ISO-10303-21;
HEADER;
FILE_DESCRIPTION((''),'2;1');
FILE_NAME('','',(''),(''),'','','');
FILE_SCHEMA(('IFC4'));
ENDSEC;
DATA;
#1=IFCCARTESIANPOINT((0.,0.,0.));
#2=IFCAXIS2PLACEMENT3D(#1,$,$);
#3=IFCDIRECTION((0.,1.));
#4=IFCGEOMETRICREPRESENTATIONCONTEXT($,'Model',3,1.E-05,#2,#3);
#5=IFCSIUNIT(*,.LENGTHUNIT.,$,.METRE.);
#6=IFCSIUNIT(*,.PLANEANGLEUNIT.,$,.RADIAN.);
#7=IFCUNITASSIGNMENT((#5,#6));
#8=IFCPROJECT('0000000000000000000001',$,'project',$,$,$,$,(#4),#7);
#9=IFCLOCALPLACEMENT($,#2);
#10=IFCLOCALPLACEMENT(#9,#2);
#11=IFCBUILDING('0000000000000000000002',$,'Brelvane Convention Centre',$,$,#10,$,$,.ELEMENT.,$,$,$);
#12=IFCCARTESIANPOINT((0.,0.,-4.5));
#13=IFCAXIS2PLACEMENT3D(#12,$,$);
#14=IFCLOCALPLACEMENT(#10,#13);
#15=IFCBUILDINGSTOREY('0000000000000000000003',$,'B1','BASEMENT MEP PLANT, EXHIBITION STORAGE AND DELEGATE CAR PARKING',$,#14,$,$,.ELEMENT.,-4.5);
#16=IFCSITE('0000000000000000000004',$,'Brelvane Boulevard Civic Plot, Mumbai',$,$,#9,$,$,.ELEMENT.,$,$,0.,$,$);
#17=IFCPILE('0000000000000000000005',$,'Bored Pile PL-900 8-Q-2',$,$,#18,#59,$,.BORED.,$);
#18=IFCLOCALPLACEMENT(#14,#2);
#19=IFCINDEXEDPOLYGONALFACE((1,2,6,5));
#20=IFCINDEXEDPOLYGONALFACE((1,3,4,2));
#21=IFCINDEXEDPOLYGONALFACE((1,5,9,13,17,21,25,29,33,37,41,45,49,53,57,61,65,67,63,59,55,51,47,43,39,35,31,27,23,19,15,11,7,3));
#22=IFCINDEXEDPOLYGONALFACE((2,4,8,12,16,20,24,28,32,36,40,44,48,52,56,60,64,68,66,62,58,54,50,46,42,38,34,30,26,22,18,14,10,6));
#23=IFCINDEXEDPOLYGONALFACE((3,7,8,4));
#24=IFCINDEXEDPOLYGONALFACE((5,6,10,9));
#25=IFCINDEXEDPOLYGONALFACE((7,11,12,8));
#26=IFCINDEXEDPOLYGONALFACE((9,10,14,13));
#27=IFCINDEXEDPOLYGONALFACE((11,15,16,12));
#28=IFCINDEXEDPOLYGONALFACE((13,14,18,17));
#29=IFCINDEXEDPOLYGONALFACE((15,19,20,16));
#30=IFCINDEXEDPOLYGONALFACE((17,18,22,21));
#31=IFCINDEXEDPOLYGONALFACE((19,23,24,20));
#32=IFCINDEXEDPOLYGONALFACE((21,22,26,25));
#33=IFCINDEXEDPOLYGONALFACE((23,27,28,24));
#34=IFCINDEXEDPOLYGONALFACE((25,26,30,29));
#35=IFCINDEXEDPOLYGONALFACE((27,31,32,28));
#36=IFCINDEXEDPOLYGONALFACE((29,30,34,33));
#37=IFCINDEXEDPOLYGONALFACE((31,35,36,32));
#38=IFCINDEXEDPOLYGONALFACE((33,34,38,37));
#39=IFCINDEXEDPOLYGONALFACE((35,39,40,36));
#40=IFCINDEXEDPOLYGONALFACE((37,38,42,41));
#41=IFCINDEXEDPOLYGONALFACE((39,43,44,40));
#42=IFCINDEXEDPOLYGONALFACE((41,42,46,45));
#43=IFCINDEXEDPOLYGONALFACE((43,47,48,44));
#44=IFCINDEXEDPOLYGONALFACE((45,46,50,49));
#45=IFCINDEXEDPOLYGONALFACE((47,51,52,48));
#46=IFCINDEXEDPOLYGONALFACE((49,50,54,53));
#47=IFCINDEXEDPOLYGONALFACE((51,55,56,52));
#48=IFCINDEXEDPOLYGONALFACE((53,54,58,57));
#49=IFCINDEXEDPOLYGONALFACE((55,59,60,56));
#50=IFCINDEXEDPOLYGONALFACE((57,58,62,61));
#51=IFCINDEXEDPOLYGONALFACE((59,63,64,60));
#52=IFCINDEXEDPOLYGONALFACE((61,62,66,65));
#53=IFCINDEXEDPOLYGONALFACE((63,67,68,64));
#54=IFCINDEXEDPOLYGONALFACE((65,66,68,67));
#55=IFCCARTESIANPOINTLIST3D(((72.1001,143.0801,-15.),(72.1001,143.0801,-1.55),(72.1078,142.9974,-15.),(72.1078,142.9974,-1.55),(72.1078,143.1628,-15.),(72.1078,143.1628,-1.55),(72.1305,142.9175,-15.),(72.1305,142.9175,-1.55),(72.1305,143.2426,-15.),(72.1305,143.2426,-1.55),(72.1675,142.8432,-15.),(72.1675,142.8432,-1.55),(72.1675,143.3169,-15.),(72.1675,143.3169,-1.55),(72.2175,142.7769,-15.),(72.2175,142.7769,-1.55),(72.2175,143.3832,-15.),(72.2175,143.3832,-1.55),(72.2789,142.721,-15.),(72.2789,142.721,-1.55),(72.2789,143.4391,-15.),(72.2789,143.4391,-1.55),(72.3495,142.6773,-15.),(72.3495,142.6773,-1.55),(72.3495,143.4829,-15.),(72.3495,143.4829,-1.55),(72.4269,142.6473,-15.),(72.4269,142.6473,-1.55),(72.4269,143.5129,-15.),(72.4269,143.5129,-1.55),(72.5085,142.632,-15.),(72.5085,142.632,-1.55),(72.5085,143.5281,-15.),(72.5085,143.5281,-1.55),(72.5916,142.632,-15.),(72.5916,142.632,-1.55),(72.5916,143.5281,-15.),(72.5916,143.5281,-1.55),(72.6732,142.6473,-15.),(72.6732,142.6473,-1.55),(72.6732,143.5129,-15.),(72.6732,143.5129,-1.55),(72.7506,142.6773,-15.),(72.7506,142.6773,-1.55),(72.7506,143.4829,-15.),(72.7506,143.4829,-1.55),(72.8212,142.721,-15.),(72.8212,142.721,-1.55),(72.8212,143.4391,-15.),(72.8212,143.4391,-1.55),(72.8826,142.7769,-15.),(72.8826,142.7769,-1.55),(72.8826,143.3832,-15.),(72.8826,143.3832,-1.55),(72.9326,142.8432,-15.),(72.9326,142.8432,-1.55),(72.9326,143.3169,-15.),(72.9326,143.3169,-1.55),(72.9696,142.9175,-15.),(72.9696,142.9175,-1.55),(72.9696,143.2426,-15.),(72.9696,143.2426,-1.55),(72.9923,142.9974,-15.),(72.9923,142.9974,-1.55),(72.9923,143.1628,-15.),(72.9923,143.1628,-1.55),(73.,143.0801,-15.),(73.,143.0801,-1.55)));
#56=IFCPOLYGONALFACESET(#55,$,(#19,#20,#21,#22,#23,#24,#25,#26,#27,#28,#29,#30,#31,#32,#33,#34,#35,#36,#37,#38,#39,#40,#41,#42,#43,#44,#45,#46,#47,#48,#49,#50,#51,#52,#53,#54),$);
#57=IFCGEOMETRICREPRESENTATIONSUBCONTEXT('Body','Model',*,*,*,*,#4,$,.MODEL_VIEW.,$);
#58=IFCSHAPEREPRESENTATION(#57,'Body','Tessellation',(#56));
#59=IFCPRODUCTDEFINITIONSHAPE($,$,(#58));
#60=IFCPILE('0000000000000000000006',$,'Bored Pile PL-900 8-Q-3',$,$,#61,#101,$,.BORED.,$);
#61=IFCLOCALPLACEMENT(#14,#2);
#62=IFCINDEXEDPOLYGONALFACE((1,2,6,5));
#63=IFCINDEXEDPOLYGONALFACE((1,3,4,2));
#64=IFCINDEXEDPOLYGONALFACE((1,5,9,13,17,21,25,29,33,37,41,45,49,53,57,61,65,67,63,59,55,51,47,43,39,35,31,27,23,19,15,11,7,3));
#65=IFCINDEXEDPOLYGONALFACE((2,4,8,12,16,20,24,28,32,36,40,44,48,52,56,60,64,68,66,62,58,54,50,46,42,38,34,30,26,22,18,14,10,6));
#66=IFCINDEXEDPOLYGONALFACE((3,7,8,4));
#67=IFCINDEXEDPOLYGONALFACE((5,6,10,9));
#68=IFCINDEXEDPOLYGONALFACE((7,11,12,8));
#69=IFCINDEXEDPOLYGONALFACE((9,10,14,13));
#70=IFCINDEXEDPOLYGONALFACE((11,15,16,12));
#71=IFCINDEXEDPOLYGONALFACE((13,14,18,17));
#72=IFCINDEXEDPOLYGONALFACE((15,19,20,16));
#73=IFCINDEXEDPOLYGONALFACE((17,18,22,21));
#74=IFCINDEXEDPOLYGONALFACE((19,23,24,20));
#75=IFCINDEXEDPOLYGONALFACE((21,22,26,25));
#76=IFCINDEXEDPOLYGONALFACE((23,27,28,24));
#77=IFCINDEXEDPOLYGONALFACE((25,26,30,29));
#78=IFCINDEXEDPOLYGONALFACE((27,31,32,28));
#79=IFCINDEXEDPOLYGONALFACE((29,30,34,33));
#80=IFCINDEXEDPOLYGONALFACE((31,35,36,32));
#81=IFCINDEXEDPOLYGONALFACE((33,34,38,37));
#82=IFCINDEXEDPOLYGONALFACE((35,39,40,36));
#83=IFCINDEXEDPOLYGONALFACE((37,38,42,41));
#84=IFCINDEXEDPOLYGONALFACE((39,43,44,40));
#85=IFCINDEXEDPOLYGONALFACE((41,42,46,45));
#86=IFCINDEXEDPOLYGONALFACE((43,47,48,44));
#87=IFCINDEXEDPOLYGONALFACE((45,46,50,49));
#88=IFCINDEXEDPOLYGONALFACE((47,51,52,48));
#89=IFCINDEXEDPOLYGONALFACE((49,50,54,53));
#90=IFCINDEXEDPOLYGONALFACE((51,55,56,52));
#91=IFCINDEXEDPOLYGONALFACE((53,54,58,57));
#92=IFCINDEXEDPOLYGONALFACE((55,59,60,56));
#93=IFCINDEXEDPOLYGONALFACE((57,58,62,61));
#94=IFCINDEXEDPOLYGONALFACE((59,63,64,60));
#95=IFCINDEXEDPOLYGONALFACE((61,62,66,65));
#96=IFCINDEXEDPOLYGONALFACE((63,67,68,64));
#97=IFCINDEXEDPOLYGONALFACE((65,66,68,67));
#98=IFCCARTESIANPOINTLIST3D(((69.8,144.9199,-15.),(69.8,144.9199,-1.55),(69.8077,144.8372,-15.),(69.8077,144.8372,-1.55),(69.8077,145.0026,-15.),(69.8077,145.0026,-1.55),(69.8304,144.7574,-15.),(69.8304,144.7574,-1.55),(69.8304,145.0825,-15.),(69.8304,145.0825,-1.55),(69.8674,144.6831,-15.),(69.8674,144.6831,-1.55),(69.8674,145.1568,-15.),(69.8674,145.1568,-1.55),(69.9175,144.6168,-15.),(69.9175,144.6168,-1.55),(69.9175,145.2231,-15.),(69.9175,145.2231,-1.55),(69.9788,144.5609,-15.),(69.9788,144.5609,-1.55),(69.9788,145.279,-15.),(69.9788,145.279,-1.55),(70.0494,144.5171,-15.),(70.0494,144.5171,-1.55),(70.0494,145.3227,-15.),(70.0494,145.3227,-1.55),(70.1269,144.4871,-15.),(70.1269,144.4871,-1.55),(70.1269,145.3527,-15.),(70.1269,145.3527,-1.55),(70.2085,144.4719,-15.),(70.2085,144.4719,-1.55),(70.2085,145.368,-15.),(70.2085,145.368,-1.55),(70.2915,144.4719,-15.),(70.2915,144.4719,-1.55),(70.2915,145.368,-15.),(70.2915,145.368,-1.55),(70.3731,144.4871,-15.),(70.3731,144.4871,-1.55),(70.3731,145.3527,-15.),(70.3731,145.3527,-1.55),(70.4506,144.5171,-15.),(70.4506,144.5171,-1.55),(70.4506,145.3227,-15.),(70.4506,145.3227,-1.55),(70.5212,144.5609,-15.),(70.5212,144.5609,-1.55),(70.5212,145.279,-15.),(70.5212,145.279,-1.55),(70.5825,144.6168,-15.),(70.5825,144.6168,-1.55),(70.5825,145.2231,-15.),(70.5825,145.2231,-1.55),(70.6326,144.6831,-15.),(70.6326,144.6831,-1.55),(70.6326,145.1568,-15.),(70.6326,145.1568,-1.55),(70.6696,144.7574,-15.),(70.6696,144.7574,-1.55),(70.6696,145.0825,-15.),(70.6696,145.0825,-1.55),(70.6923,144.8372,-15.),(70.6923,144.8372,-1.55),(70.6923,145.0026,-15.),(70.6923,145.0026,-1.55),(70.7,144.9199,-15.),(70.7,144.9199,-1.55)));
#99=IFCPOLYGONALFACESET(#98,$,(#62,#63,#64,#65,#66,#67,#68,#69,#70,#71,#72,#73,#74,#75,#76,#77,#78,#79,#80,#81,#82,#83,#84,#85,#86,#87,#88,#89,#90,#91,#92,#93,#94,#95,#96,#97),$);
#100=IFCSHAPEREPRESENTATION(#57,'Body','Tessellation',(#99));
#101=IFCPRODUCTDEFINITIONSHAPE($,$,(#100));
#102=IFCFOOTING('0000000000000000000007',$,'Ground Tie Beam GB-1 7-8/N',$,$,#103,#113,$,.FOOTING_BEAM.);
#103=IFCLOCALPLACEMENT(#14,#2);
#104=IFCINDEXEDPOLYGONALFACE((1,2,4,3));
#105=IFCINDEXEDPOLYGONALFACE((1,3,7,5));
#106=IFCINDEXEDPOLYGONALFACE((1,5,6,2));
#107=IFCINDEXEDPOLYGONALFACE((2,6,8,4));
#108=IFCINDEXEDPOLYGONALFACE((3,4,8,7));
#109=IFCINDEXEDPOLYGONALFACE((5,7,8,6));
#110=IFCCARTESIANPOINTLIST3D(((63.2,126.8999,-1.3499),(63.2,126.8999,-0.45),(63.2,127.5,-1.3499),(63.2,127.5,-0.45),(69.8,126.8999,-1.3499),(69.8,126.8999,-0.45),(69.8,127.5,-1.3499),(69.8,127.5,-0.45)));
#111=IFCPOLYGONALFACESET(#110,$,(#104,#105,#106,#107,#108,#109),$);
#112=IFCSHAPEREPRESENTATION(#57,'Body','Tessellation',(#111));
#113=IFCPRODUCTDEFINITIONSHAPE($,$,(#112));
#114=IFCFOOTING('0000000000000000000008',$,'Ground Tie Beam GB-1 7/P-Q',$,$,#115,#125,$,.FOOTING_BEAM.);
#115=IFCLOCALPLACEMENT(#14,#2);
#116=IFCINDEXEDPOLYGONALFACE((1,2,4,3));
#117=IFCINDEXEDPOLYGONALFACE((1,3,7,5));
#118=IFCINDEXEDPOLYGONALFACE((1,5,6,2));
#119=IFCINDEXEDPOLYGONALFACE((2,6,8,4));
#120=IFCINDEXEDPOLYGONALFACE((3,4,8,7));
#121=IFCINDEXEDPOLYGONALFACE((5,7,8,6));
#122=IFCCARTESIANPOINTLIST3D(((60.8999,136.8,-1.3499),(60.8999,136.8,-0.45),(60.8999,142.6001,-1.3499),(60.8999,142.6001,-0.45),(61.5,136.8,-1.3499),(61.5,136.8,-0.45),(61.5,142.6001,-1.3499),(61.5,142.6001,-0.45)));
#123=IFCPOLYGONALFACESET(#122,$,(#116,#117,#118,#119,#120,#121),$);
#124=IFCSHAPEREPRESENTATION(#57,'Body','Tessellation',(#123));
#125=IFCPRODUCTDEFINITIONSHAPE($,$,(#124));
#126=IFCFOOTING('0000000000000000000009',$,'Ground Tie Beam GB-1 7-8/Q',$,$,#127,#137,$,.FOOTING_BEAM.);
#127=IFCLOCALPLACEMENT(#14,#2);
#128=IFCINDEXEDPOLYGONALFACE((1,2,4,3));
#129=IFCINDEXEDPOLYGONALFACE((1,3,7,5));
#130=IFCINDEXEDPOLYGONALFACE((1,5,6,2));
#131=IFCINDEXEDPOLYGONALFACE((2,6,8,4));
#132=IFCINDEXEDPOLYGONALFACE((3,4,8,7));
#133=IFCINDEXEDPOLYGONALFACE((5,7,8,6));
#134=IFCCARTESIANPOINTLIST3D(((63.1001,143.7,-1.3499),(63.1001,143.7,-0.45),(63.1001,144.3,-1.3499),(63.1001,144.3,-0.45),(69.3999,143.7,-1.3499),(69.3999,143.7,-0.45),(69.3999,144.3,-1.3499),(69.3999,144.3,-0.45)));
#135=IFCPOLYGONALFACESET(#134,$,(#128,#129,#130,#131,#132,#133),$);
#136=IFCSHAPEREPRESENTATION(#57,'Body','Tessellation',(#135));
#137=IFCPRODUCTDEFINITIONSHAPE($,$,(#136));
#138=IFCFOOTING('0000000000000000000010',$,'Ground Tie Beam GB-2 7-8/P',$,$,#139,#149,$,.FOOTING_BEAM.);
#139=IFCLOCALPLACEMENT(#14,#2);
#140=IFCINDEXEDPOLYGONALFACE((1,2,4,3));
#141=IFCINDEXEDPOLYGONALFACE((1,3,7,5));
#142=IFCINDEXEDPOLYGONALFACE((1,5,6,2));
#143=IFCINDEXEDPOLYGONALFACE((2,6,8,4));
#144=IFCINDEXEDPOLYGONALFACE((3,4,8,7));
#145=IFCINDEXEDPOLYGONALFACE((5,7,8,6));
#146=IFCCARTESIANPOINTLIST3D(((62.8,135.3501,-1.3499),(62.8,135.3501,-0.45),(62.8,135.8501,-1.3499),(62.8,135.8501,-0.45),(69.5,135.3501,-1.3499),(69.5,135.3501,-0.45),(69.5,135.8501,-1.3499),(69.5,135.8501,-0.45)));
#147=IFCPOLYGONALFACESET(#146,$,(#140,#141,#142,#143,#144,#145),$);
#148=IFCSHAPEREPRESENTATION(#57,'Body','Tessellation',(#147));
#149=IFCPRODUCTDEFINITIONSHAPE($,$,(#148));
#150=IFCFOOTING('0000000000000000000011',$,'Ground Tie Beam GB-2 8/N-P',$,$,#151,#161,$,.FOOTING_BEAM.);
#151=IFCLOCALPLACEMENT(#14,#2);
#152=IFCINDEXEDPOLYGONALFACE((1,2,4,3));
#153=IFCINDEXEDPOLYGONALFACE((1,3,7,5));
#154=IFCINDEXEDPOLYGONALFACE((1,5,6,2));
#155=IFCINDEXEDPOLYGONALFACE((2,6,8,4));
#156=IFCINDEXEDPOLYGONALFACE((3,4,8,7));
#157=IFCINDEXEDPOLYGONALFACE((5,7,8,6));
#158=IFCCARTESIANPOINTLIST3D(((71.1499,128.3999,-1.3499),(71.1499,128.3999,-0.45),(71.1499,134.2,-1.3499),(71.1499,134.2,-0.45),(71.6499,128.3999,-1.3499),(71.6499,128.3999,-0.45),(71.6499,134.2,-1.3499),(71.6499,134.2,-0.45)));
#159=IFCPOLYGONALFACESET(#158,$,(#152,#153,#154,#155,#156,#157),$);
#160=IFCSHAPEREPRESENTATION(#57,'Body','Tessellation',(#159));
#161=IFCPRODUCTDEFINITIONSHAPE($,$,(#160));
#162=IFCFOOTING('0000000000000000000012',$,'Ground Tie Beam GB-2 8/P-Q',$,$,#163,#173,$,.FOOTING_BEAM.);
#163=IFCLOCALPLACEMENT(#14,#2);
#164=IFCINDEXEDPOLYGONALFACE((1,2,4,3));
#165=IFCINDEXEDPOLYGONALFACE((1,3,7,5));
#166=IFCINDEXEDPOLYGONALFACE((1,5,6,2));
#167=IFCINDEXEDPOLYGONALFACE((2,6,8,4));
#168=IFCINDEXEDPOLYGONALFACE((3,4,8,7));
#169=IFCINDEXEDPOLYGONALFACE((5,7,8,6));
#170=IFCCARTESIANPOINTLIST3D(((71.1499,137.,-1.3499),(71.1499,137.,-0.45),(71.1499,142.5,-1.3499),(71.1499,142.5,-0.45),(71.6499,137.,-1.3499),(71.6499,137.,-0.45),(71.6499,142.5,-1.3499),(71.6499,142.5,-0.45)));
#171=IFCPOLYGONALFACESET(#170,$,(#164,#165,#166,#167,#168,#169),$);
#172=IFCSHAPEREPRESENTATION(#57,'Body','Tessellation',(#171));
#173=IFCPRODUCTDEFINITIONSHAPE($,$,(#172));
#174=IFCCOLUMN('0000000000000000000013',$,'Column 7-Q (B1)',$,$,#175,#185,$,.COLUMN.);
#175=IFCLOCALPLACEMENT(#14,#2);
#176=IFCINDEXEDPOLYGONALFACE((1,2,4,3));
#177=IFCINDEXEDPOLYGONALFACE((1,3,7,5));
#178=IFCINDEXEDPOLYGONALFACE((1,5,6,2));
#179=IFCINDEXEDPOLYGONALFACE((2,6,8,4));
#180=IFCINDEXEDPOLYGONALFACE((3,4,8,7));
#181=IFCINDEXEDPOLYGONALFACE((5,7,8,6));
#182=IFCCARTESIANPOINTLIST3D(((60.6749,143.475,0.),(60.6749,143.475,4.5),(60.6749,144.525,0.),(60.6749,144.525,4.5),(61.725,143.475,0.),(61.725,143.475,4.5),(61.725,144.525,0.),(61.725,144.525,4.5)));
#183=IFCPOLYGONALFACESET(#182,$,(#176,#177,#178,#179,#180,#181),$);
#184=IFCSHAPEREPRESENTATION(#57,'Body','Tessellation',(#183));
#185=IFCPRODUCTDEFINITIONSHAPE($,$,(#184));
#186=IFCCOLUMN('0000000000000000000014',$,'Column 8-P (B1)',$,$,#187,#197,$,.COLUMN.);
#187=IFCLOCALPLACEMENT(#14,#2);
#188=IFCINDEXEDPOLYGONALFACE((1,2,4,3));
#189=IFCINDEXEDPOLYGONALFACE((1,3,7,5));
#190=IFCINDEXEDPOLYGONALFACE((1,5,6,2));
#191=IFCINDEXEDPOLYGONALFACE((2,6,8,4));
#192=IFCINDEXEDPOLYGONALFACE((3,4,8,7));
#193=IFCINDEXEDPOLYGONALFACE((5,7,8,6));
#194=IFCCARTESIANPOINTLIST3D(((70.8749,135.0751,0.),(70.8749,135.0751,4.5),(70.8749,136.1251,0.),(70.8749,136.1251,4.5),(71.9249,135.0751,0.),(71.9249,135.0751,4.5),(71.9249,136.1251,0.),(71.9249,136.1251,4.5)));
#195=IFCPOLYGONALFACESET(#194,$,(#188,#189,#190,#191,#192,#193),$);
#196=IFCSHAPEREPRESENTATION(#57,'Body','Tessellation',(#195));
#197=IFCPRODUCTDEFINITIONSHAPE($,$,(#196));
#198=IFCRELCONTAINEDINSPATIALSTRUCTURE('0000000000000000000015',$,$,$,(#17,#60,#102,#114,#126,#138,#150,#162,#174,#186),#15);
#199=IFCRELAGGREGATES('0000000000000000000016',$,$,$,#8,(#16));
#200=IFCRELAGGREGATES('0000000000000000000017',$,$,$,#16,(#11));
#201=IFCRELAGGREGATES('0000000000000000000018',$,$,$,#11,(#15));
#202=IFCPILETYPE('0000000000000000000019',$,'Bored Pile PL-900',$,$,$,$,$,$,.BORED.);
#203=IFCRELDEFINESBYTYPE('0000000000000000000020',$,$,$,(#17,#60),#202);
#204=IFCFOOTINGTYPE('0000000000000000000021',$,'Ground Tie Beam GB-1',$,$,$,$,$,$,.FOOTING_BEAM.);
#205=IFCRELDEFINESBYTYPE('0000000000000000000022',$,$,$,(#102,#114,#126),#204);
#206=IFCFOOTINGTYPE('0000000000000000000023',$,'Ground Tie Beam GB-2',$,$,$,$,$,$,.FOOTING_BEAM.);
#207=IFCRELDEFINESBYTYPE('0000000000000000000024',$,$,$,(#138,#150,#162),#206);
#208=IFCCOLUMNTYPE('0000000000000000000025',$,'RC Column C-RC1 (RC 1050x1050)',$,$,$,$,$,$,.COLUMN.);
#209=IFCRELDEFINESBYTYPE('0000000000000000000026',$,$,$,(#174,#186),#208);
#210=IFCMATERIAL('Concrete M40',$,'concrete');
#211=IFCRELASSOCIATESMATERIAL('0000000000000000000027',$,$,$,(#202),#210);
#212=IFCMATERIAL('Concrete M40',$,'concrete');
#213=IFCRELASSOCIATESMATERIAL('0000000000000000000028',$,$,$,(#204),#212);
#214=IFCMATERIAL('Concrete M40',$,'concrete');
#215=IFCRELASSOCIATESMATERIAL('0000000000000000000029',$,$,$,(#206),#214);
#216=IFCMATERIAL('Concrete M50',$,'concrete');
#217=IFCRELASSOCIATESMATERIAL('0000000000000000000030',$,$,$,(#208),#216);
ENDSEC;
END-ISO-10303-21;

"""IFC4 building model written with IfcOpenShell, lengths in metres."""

from ifc_helpers import new_model, si_unit, direction, frame, origin, origin_2d, place, context, subcontext, project, spatial, rectangle, circle, extrude, material, material_profile, profile_set, type_object, element, save


model = new_model("IFC4")

# Units and contexts
model_context = context("Model", 3, precision=1e-05, world=origin(), true_north=direction((0.0, 1.0)))
body_context = subcontext(model_context, "Body", "Model", "MODEL_VIEW")
ifc_project = project(units=[si_unit("LENGTHUNIT", "METRE"), si_unit("PLANEANGLEUNIT", "RADIAN")], contexts=[model_context])

# Site, building, storey
site_placement = place(None, origin())
site = spatial("IfcSite", under=ifc_project, at=site_placement, Name="Brelvane Boulevard Civic Plot, Mumbai", CompositionType="ELEMENT", RefElevation=0.0)
building_placement = place(site_placement, origin())
building = spatial("IfcBuilding", under=site, at=building_placement, Name="Brelvane Convention Centre", CompositionType="ELEMENT")
storey_placement = place(building_placement, frame((0.0, 0.0, -4.5)))
storey = spatial("IfcBuildingStorey", under=building, at=storey_placement, Name="B1", Description="BASEMENT MEP PLANT, EXHIBITION STORAGE AND DELEGATE CAR PARKING", CompositionType="ELEMENT", Elevation=-4.5)

# Piles
ifc_material_1 = material(Name="Concrete M40", Category="concrete")
ifc_material_profile_1 = material_profile(ifc_material_1, circle(Radius=0.45, at=origin_2d()), Name="PILE D900")
ifc_profile_set_1 = profile_set([ifc_material_profile_1], Name="Concrete M40")
pile_type = type_object("IfcPileType", Name="Bored Pile PL-900", PredefinedType="BORED", material=ifc_profile_set_1)
for number, where, z_axis, x_axis, name in (
    (1, (72.55, 143.0801, -1.55), (0.0, 0.0, -1.0), (1.0, 0.0, 0.0), "Bored Pile PL-900 8-Q-2"),
    (2, (70.25, 144.9199, -1.55), (0.0, 0.0, -1.0), (1.0, 0.0, 0.0), "Bored Pile PL-900 8-Q-3"),
):
    element("IfcPile", number, at=place(storey_placement, frame(where, z_axis=z_axis, x_axis=x_axis)), inside=storey, type_object=pile_type, Name=name, PredefinedType="BORED", context=body_context, shape_type="SweptSolid", body=[
        extrude(circle(Radius=0.45, at=origin_2d()), origin(), (0.0, 0.0, 1.0), 13.45),
    ])

# Footings
ifc_material_2 = material(Name="Concrete M40", Category="concrete")
ifc_material_profile_2 = material_profile(ifc_material_2, rectangle(XDim=0.6001, YDim=0.8999, at=origin_2d()), Name="RC 600x900")
ifc_profile_set_2 = profile_set([ifc_material_profile_2], Name="Concrete M40")
footing_type_1 = type_object("IfcFootingType", Name="Ground Tie Beam GB-1", PredefinedType="FOOTING_BEAM", material=ifc_profile_set_2)
footing_1_placement = place(storey_placement, frame((63.2, 127.2, -0.8999), z_axis=(1.0, 0.0, 0.0), x_axis=(0.0, 1.0, 0.0)))
element("IfcFooting", 3, at=footing_1_placement, inside=storey, type_object=footing_type_1, Name="Ground Tie Beam GB-1 7-8/N", PredefinedType="FOOTING_BEAM", context=body_context, shape_type="SweptSolid", body=[
    extrude(rectangle(XDim=0.6001, YDim=0.8999, at=origin_2d()), origin(), (0.0, 0.0, 1.0), 6.6001),
])
footing_2_placement = place(storey_placement, frame((61.2, 136.8, -0.8999), z_axis=(0.0, 1.0, 0.0), x_axis=(-1.0, 0.0, 0.0)))
element("IfcFooting", 4, at=footing_2_placement, inside=storey, type_object=footing_type_1, Name="Ground Tie Beam GB-1 7/P-Q", PredefinedType="FOOTING_BEAM", context=body_context, shape_type="SweptSolid", body=[
    extrude(rectangle(XDim=0.6001, YDim=0.8999, at=origin_2d()), origin(), (0.0, 0.0, 1.0), 5.8),
])
footing_3_placement = place(storey_placement, frame((63.1001, 144.0, -0.8999), z_axis=(1.0, 0.0, 0.0), x_axis=(0.0, 1.0, 0.0)))
element("IfcFooting", 5, at=footing_3_placement, inside=storey, type_object=footing_type_1, Name="Ground Tie Beam GB-1 7-8/Q", PredefinedType="FOOTING_BEAM", context=body_context, shape_type="SweptSolid", body=[
    extrude(rectangle(XDim=0.6001, YDim=0.8999, at=origin_2d()), origin(), (0.0, 0.0, 1.0), 6.2998),
])
ifc_material_3 = material(Name="Concrete M40", Category="concrete")
ifc_material_profile_3 = material_profile(ifc_material_3, rectangle(XDim=0.5, YDim=0.8999, at=origin_2d()), Name="RC 500x900")
ifc_profile_set_3 = profile_set([ifc_material_profile_3], Name="Concrete M40")
footing_type_2 = type_object("IfcFootingType", Name="Ground Tie Beam GB-2", PredefinedType="FOOTING_BEAM", material=ifc_profile_set_3)
footing_4_placement = place(storey_placement, frame((62.8, 135.6001, -0.8999), z_axis=(1.0, 0.0, 0.0), x_axis=(0.0, 1.0, 0.0)))
element("IfcFooting", 6, at=footing_4_placement, inside=storey, type_object=footing_type_2, Name="Ground Tie Beam GB-2 7-8/P", PredefinedType="FOOTING_BEAM", context=body_context, shape_type="SweptSolid", body=[
    extrude(rectangle(XDim=0.5, YDim=0.8999, at=origin_2d()), origin(), (0.0, 0.0, 1.0), 6.7),
])
footing_5_placement = place(storey_placement, frame((71.3999, 128.3999, -0.8999), z_axis=(0.0, 1.0, 0.0), x_axis=(-1.0, 0.0, 0.0)))
element("IfcFooting", 7, at=footing_5_placement, inside=storey, type_object=footing_type_2, Name="Ground Tie Beam GB-2 8/N-P", PredefinedType="FOOTING_BEAM", context=body_context, shape_type="SweptSolid", body=[
    extrude(rectangle(XDim=0.5, YDim=0.8999, at=origin_2d()), origin(), (0.0, 0.0, 1.0), 5.8),
])
footing_6_placement = place(storey_placement, frame((71.3999, 137.0, -0.8999), z_axis=(0.0, 1.0, 0.0), x_axis=(-1.0, 0.0, 0.0)))
element("IfcFooting", 8, at=footing_6_placement, inside=storey, type_object=footing_type_2, Name="Ground Tie Beam GB-2 8/P-Q", PredefinedType="FOOTING_BEAM", context=body_context, shape_type="SweptSolid", body=[
    extrude(rectangle(XDim=0.5, YDim=0.8999, at=origin_2d()), origin(), (0.0, 0.0, 1.0), 5.5),
])

# Columns
ifc_material_4 = material(Name="Concrete M50", Category="concrete")
ifc_material_profile_4 = material_profile(ifc_material_4, rectangle(XDim=1.05, YDim=1.05, at=origin_2d()), Name="RC 1050x1050")
ifc_profile_set_4 = profile_set([ifc_material_profile_4], Name="Concrete M50")
column_type_1 = type_object("IfcColumnType", Name="RC Column C-RC1 (RC 1050x1050)", PredefinedType="COLUMN", material=ifc_profile_set_4)
for number, where, z_axis, x_axis, name in (
    (9, (61.2, 144.0, 0.0), (0.0, 0.0, 1.0), (1.0, 0.0, 0.0), "Column 7-Q (B1)"),
    (10, (71.3999, 135.6001, 0.0), (0.0, 0.0, 1.0), (1.0, 0.0, 0.0), "Column 8-P (B1)"),
):
    element("IfcColumn", number, at=place(storey_placement, frame(where, z_axis=z_axis, x_axis=x_axis)), inside=storey, type_object=column_type_1, Name=name, PredefinedType="COLUMN", context=body_context, shape_type="SweptSolid", body=[
        extrude(rectangle(XDim=1.05, YDim=1.05, at=origin_2d()), origin(), (0.0, 0.0, 1.0), 4.5),
    ])

save(model, "model.ifc")
